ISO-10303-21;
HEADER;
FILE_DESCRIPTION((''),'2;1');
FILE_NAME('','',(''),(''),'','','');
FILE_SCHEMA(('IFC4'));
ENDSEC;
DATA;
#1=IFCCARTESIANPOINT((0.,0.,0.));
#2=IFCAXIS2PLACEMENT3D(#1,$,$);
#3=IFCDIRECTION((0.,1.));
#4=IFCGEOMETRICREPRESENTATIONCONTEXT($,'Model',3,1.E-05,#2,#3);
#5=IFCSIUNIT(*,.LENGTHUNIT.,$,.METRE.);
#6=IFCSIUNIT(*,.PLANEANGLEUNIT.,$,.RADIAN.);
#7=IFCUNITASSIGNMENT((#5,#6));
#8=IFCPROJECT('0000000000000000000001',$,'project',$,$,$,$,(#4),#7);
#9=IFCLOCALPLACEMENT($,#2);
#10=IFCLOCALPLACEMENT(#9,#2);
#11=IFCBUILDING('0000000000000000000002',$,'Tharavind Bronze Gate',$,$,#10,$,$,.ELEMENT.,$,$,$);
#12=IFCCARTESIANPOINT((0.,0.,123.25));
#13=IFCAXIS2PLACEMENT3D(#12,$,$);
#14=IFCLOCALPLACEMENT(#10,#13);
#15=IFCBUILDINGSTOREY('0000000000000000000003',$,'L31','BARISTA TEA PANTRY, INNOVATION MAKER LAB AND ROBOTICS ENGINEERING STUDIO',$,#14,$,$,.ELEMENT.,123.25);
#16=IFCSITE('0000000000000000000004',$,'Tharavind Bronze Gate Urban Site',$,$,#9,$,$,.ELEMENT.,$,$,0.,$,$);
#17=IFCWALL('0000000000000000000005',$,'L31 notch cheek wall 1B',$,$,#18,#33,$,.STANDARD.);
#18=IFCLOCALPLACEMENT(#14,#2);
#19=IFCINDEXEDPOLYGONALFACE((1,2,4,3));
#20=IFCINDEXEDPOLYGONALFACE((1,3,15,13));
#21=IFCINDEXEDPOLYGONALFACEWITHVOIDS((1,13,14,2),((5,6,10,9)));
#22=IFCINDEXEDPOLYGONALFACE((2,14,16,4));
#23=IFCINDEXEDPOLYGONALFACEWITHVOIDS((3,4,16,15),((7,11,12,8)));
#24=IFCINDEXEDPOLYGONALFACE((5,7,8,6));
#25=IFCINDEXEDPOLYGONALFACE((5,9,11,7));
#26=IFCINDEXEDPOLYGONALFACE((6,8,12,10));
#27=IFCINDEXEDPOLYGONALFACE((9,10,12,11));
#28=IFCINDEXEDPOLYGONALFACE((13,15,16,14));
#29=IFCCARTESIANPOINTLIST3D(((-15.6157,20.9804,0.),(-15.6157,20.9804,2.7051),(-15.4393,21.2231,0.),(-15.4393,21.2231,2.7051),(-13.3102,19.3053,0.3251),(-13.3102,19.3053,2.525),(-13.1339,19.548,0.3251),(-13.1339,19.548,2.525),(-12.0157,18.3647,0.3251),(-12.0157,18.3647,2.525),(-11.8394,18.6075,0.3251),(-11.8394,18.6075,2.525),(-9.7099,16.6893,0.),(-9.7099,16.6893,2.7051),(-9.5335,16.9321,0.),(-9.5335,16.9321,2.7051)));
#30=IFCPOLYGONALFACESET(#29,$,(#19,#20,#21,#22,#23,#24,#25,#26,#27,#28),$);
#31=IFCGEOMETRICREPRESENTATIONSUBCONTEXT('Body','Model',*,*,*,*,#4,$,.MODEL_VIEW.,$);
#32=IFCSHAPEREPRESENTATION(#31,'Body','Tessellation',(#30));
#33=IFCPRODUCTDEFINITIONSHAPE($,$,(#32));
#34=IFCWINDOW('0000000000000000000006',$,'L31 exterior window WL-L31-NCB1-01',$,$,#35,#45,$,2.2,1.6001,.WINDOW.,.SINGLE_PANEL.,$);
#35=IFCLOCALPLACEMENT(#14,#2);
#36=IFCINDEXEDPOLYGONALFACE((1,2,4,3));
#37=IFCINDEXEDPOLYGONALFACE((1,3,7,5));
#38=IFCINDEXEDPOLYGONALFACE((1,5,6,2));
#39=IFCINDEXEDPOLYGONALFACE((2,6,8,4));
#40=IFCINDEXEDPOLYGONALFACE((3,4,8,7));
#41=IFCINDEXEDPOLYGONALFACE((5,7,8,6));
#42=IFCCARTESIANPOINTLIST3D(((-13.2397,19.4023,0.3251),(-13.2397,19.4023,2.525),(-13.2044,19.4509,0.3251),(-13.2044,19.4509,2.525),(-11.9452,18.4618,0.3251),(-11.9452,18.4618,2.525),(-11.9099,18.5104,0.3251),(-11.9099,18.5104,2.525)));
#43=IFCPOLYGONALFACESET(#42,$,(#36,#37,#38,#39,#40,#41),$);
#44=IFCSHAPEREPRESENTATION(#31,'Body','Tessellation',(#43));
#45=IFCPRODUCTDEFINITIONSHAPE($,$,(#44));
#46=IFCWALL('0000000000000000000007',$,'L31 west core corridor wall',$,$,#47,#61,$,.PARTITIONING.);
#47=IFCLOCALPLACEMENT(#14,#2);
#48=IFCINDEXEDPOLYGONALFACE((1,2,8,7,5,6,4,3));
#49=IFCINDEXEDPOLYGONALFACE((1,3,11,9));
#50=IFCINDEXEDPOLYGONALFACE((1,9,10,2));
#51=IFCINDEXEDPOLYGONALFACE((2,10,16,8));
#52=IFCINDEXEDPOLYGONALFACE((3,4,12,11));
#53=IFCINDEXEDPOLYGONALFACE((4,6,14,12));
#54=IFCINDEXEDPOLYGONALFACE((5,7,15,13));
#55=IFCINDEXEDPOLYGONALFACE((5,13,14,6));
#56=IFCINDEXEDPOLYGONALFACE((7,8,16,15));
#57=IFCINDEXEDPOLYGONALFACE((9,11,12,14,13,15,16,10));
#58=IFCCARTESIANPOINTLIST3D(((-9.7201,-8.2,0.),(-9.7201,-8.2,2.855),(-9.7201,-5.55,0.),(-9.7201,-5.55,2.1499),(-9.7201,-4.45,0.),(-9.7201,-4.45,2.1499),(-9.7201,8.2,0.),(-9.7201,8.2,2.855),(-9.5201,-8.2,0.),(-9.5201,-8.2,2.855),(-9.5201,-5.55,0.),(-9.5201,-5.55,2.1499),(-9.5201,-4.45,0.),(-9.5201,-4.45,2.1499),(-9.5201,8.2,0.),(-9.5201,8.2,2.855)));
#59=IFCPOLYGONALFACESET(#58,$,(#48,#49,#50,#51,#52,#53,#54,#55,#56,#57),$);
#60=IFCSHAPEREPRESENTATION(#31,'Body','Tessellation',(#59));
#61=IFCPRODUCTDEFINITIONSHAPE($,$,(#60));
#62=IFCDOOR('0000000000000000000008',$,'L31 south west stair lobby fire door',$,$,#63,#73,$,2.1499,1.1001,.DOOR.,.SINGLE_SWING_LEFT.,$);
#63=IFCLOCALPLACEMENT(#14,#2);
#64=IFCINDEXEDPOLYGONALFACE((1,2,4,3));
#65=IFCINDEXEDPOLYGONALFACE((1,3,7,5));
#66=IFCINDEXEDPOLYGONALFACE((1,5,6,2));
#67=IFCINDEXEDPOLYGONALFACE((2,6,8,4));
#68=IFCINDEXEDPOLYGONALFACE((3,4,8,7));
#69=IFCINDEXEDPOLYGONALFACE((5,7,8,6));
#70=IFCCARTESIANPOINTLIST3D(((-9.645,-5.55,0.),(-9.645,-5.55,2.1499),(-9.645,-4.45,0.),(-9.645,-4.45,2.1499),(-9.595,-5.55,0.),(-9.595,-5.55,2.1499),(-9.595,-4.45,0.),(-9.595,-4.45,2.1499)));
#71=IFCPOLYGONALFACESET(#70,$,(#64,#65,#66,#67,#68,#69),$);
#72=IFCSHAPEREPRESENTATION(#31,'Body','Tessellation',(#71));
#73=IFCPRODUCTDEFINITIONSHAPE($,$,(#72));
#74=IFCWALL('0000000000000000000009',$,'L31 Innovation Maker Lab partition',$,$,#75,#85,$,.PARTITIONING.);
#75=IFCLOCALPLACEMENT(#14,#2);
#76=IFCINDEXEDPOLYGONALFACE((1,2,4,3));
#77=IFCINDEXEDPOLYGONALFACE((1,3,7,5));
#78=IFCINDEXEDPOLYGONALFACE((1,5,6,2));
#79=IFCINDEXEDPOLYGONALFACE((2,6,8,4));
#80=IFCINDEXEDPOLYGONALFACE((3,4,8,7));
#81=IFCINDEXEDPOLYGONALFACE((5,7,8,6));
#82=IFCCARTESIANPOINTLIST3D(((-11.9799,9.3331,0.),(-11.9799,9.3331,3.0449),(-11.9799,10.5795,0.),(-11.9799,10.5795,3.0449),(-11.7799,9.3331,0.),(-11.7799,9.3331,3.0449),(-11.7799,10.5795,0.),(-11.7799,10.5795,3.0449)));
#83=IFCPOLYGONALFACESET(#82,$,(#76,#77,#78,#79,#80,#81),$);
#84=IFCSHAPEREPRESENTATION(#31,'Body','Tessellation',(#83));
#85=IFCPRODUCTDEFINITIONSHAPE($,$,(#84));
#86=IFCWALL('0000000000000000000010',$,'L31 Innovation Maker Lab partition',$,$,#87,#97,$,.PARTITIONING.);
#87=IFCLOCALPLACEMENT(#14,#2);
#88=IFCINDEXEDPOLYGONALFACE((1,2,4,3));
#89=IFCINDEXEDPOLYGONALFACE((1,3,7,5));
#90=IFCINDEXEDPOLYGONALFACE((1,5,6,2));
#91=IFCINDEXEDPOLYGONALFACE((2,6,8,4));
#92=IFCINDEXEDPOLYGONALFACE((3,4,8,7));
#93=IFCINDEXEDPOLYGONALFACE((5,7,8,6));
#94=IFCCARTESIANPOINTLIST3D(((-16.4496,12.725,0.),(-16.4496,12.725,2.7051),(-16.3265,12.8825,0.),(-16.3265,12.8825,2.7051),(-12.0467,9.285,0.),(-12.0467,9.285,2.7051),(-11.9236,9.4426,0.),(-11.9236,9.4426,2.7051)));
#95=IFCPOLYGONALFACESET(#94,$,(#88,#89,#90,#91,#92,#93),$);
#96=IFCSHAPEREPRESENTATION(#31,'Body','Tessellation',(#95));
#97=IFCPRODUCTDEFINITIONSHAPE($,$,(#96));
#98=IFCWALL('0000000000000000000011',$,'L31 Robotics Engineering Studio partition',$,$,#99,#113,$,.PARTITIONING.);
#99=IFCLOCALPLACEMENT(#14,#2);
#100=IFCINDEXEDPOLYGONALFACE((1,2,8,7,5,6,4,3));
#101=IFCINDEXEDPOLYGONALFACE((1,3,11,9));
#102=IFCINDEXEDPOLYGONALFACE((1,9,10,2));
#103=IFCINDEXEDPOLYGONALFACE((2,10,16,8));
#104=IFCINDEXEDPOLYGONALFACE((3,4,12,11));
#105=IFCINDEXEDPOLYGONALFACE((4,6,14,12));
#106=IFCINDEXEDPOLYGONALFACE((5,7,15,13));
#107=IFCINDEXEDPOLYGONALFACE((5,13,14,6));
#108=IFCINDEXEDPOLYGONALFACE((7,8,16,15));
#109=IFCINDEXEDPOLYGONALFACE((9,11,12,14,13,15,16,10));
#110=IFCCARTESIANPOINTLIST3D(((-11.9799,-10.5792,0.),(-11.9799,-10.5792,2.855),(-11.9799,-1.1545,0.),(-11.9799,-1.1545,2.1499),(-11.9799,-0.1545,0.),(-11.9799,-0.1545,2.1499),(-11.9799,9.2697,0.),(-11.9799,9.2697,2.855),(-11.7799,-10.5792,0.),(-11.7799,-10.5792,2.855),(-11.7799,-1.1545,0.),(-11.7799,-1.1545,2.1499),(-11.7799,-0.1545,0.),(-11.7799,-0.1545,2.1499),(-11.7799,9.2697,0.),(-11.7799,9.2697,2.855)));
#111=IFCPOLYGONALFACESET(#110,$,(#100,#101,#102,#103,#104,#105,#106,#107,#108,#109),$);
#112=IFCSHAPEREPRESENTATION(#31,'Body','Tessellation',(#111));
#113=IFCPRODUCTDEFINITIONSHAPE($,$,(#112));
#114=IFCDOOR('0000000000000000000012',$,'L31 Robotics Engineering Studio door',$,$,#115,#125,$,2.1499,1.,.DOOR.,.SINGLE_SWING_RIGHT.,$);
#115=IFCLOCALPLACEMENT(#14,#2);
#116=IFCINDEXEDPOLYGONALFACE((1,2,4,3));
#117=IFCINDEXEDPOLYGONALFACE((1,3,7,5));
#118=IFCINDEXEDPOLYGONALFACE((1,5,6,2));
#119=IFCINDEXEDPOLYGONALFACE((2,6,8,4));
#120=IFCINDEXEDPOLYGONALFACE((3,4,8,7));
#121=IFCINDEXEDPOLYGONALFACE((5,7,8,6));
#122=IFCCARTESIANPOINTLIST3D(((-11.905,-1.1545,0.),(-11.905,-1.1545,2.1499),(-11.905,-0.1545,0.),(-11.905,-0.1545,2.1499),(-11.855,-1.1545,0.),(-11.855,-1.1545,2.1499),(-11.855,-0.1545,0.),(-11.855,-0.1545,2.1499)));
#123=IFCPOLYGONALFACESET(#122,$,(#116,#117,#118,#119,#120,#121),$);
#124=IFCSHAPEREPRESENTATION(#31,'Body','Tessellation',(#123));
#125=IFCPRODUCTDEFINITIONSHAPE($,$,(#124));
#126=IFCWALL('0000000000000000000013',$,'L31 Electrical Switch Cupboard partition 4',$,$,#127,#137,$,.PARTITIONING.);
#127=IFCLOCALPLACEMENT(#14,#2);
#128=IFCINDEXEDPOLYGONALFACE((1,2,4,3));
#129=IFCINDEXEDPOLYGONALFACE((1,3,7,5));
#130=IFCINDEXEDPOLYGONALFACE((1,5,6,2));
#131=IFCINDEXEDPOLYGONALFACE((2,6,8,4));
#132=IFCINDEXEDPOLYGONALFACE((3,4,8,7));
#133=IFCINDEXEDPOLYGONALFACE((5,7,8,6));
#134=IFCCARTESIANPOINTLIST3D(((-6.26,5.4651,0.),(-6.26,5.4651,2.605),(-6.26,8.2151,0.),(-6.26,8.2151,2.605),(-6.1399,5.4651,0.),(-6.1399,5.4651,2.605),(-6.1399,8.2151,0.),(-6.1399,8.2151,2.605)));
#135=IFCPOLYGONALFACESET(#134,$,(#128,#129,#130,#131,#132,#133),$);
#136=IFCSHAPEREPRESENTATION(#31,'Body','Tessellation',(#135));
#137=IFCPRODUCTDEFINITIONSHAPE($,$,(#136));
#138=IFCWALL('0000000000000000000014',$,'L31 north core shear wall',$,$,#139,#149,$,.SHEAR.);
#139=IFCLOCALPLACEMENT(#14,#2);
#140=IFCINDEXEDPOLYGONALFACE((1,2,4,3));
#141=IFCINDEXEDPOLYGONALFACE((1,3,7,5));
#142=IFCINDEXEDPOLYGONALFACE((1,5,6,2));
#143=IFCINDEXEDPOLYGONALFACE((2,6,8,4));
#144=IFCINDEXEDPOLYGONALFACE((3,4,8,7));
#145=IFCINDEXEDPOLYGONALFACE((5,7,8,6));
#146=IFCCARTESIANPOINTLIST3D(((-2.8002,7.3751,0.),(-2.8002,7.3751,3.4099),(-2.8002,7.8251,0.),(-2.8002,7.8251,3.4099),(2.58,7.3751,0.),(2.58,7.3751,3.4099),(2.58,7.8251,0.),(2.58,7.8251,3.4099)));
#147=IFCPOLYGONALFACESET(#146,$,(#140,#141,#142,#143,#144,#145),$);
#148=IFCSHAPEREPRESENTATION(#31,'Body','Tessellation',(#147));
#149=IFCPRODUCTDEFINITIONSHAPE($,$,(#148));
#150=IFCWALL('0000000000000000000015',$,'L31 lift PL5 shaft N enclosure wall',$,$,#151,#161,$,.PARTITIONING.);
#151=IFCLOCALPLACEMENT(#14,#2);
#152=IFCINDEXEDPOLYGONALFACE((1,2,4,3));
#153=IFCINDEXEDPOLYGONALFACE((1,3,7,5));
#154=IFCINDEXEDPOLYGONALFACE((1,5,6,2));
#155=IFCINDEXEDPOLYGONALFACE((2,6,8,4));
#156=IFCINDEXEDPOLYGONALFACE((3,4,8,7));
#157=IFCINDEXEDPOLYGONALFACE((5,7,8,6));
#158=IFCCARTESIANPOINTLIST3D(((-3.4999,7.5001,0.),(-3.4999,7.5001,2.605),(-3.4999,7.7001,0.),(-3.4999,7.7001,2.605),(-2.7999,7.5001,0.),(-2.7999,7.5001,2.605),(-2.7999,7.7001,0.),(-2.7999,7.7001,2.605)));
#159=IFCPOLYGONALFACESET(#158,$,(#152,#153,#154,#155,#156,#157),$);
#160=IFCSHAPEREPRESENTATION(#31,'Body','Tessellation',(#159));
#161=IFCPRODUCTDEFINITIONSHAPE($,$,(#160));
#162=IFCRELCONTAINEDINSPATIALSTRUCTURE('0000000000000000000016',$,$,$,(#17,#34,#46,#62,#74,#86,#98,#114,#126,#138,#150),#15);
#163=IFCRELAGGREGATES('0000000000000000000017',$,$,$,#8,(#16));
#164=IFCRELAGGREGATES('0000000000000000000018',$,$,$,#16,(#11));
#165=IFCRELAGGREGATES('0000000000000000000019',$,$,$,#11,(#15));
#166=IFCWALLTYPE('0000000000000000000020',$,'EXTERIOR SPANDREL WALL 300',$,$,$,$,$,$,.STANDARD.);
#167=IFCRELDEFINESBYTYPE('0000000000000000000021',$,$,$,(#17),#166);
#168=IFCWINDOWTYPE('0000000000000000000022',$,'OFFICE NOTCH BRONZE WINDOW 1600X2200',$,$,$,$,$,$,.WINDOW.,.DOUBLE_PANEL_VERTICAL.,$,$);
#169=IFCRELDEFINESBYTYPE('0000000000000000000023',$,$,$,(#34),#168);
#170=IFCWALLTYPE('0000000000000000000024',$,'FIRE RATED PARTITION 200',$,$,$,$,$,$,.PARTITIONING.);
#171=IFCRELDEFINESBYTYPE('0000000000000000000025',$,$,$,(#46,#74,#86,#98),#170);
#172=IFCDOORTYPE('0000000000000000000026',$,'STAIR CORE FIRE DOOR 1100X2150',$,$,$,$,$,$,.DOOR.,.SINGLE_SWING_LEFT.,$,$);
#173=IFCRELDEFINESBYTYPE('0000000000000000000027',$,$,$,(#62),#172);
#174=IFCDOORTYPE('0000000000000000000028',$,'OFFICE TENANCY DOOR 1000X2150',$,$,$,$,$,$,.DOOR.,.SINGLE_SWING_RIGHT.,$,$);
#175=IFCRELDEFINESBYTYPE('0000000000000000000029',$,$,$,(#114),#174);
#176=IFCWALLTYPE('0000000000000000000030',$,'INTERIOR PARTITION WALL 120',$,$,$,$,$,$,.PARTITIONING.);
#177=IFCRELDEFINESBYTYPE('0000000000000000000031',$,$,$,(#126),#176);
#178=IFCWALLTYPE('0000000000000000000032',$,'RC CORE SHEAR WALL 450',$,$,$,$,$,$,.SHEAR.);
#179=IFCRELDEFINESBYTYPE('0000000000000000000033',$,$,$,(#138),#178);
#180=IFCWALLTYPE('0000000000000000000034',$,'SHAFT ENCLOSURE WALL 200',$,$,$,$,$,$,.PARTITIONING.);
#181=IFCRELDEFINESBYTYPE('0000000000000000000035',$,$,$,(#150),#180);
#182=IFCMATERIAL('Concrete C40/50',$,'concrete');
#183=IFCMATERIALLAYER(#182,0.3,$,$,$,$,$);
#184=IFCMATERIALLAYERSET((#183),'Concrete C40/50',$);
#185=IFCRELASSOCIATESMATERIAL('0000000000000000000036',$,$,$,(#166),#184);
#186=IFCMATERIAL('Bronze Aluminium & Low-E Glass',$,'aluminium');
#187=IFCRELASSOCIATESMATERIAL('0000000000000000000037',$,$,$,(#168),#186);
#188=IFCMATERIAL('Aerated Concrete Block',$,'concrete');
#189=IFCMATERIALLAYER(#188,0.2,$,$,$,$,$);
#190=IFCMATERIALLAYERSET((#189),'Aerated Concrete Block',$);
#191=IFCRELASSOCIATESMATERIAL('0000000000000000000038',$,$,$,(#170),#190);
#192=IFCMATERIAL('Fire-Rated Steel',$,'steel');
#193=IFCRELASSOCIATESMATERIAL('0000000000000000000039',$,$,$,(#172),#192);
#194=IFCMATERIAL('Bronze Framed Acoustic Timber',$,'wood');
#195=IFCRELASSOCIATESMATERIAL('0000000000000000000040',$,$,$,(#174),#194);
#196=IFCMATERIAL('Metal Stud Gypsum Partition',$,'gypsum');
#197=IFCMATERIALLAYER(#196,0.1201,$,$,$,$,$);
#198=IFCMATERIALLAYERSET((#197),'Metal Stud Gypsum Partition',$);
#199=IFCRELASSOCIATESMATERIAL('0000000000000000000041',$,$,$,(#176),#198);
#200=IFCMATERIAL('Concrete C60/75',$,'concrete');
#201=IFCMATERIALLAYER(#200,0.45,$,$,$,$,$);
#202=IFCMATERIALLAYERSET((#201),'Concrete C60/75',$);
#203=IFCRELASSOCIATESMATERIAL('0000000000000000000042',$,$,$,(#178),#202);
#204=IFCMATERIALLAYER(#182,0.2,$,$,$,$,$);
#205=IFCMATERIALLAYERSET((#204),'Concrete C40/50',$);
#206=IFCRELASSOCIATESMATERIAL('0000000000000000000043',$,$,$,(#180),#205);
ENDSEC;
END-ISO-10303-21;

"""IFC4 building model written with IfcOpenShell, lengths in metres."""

from ifc_helpers import new_model, si_unit, direction, frame, frame_2d, origin, place, context, subcontext, project, spatial, rectangle, extrude, material, layer, layer_set, type_object, element, fill, save


model = new_model("IFC4")

# Units and contexts
model_context = context("Model", 3, precision=1e-05, world=origin(), true_north=direction((0.0, 1.0)))
body_context = subcontext(model_context, "Body", "Model", "MODEL_VIEW")
ifc_project = project(units=[si_unit("LENGTHUNIT", "METRE"), si_unit("PLANEANGLEUNIT", "RADIAN")], contexts=[model_context])

# Site, building, storey
site_placement = place(None, origin())
site = spatial("IfcSite", under=ifc_project, at=site_placement, Name="Tharavind Bronze Gate Urban Site", CompositionType="ELEMENT", RefElevation=0.0)
building_placement = place(site_placement, origin())
building = spatial("IfcBuilding", under=site, at=building_placement, Name="Tharavind Bronze Gate", CompositionType="ELEMENT")
storey_placement = place(building_placement, frame((0.0, 0.0, 123.25)))
storey = spatial("IfcBuildingStorey", under=building, at=storey_placement, Name="L31", Description="BARISTA TEA PANTRY, INNOVATION MAKER LAB AND ROBOTICS ENGINEERING STUDIO", CompositionType="ELEMENT", Elevation=123.25)

# Wall, opening, window
ifc_material_1 = material(Name="Concrete C40/50", Category="concrete")
ifc_layer_1 = layer(ifc_material_1, 0.3)
ifc_layer_set_1 = layer_set([ifc_layer_1], Name="Concrete C40/50")
wall_type_1 = type_object("IfcWallType", Name="EXTERIOR SPANDREL WALL 300", PredefinedType="STANDARD", material=ifc_layer_set_1)
wall_1_placement = place(storey_placement, frame((-9.6218, 16.8108, 0.0), z_axis=(0.0, 0.0, 1.0), x_axis=(-0.809002, 0.587806, 0.0)))
wall_1 = element("IfcWall", 1, at=wall_1_placement, inside=storey, type_object=wall_type_1, Name="L31 notch cheek wall 1B", PredefinedType="STANDARD", context=body_context, shape_type="SweptSolid", body=[
    extrude(rectangle(XDim=7.3, YDim=0.3, at=frame_2d((3.6499, 0.0))), origin(), (0.0, 0.0, 1.0), 2.7051),
])
opening_1_placement = place(wall_1_placement, frame((2.8501, 0.0, 0.325)))
opening_1 = element("IfcOpeningElement", 2, at=opening_1_placement, cuts=wall_1, PredefinedType="OPENING", context=body_context, shape_type="SweptSolid", body=[
    extrude(rectangle(XDim=1.6001, YDim=2.2, at=frame_2d((0.8, 1.1001))), frame((0.0, 0.1599, 0.0), z_axis=(0.0, -1.0, 0.0), x_axis=(1.0, 0.0, 0.0)), (0.0, 0.0, 1.0), 0.32),
])
ifc_material_2 = material(Name="Bronze Aluminium & Low-E Glass", Category="aluminium")
window_type = type_object("IfcWindowType", Name="OFFICE NOTCH BRONZE WINDOW 1600X2200", PartitioningType="DOUBLE_PANEL_VERTICAL", PredefinedType="WINDOW", material=ifc_material_2)
window_placement = place(opening_1_placement, origin())
window = element("IfcWindow", 3, at=window_placement, inside=storey, type_object=window_type, Name="L31 exterior window WL-L31-NCB1-01", OverallHeight=2.2, OverallWidth=1.6001, PartitioningType="SINGLE_PANEL", PredefinedType="WINDOW", context=body_context, shape_type="SweptSolid", body=[
    extrude(rectangle(XDim=1.6001, YDim=2.2, at=frame_2d((0.8, 1.1001))), frame((0.0, 0.03, 0.0), z_axis=(0.0, -1.0, 0.0), x_axis=(1.0, 0.0, 0.0)), (0.0, 0.0, 1.0), 0.0601),
])
fill(opening_1, window)

# Wall, opening, door
ifc_material_3 = material(Name="Aerated Concrete Block", Category="concrete")
ifc_layer_2 = layer(ifc_material_3, 0.2)
ifc_layer_set_2 = layer_set([ifc_layer_2], Name="Aerated Concrete Block")
wall_type_2 = type_object("IfcWallType", Name="FIRE RATED PARTITION 200", PredefinedType="PARTITIONING", material=ifc_layer_set_2)
wall_2_placement = place(storey_placement, frame((-9.6201, 8.2, 0.0), z_axis=(0.0, 0.0, 1.0), x_axis=(0.0, -1.0, 0.0)))
wall_2 = element("IfcWall", 4, at=wall_2_placement, inside=storey, type_object=wall_type_2, Name="L31 west core corridor wall", PredefinedType="PARTITIONING", context=body_context, shape_type="SweptSolid", body=[
    extrude(rectangle(XDim=16.3999, YDim=0.2, at=frame_2d((8.2, 0.0))), origin(), (0.0, 0.0, 1.0), 2.855),
])
opening_2_placement = place(wall_2_placement, frame((12.6499, 0.0, 0.0)))
opening_2 = element("IfcOpeningElement", 5, at=opening_2_placement, cuts=wall_2, PredefinedType="OPENING", context=body_context, shape_type="SweptSolid", body=[
    extrude(rectangle(XDim=1.1001, YDim=2.1499, at=frame_2d((0.55, 1.075))), frame((0.0, 0.1101, 0.0), z_axis=(0.0, -1.0, 0.0), x_axis=(1.0, 0.0, 0.0)), (0.0, 0.0, 1.0), 0.22),
])
ifc_material_4 = material(Name="Fire-Rated Steel", Category="steel")
door_type_1 = type_object("IfcDoorType", Name="STAIR CORE FIRE DOOR 1100X2150", OperationType="SINGLE_SWING_LEFT", PredefinedType="DOOR", material=ifc_material_4)
door_1_placement = place(opening_2_placement, frame((1.1001, 0.0, 0.0), z_axis=(0.0, 0.0, 1.0), x_axis=(-1.0, 0.0, 0.0)))
door_1 = element("IfcDoor", 6, at=door_1_placement, inside=storey, type_object=door_type_1, Name="L31 south west stair lobby fire door", OperationType="SINGLE_SWING_LEFT", OverallHeight=2.1499, OverallWidth=1.1001, PredefinedType="DOOR", context=body_context, shape_type="SweptSolid", body=[
    extrude(rectangle(XDim=1.1001, YDim=2.1499, at=frame_2d((0.55, 1.075))), frame((0.0, 0.0249, 0.0), z_axis=(0.0, -1.0, 0.0), x_axis=(1.0, 0.0, 0.0)), (0.0, 0.0, 1.0), 0.05),
])
fill(opening_2, door_1)

# Walls
wall_3_placement = place(storey_placement, frame((-11.8799, 10.5793, 0.0), z_axis=(0.0, 0.0, 1.0), x_axis=(0.0, -1.0, 0.0)))
element("IfcWall", 7, at=wall_3_placement, inside=storey, type_object=wall_type_2, Name="L31 Innovation Maker Lab partition", PredefinedType="PARTITIONING", context=body_context, shape_type="SweptSolid", body=[
    extrude(rectangle(XDim=1.2463, YDim=0.2, at=frame_2d((0.623, 0.0))), origin(), (0.0, 0.0, 1.0), 3.0449),
])
wall_4_placement = place(storey_placement, frame((-11.9851, 9.3638, 0.0), z_axis=(0.0, 0.0, 1.0), x_axis=(-0.788004, 0.615669, 0.0)))
element("IfcWall", 8, at=wall_4_placement, inside=storey, type_object=wall_type_2, Name="L31 Innovation Maker Lab partition", PredefinedType="PARTITIONING", context=body_context, shape_type="SweptSolid", body=[
    extrude(rectangle(XDim=5.5874, YDim=0.2, at=frame_2d((2.7937, 0.0))), origin(), (0.0, 0.0, 1.0), 2.7051),
])

# Wall, opening, door
wall_5_placement = place(storey_placement, frame((-11.8799, 9.2695, 0.0), z_axis=(0.0, 0.0, 1.0), x_axis=(0.0, -1.0, 0.0)))
wall_5 = element("IfcWall", 9, at=wall_5_placement, inside=storey, type_object=wall_type_2, Name="L31 Robotics Engineering Studio partition", PredefinedType="PARTITIONING", context=body_context, shape_type="SweptSolid", body=[
    extrude(rectangle(XDim=19.8489, YDim=0.2, at=frame_2d((9.9243, 0.0))), origin(), (0.0, 0.0, 1.0), 2.855),
])
opening_3_placement = place(wall_5_placement, frame((9.4241, 0.0, 0.0)))
opening_3 = element("IfcOpeningElement", 10, at=opening_3_placement, cuts=wall_5, PredefinedType="OPENING", context=body_context, shape_type="SweptSolid", body=[
    extrude(rectangle(XDim=1.0, YDim=2.1499, at=frame_2d((0.5, 1.075))), frame((0.0, 0.1101, 0.0), z_axis=(0.0, -1.0, 0.0), x_axis=(1.0, 0.0, 0.0)), (0.0, 0.0, 1.0), 0.22),
])
ifc_material_5 = material(Name="Bronze Framed Acoustic Timber", Category="wood")
door_type_2 = type_object("IfcDoorType", Name="OFFICE TENANCY DOOR 1000X2150", OperationType="SINGLE_SWING_RIGHT", PredefinedType="DOOR", material=ifc_material_5)
door_2_placement = place(opening_3_placement, origin())
door_2 = element("IfcDoor", 11, at=door_2_placement, inside=storey, type_object=door_type_2, Name="L31 Robotics Engineering Studio door", OperationType="SINGLE_SWING_RIGHT", OverallHeight=2.1499, OverallWidth=1.0, PredefinedType="DOOR", context=body_context, shape_type="SweptSolid", body=[
    extrude(rectangle(XDim=1.0, YDim=2.1499, at=frame_2d((0.5, 1.075))), frame((0.0, 0.0249, 0.0), z_axis=(0.0, -1.0, 0.0), x_axis=(1.0, 0.0, 0.0)), (0.0, 0.0, 1.0), 0.05),
])
fill(opening_3, door_2)

# Walls
ifc_material_6 = material(Name="Metal Stud Gypsum Partition", Category="gypsum")
ifc_layer_3 = layer(ifc_material_6, 0.1201)
ifc_layer_set_3 = layer_set([ifc_layer_3], Name="Metal Stud Gypsum Partition")
wall_type_3 = type_object("IfcWallType", Name="INTERIOR PARTITION WALL 120", PredefinedType="PARTITIONING", material=ifc_layer_set_3)
wall_6_placement = place(storey_placement, frame((-6.2, 8.2151, 0.0), z_axis=(0.0, 0.0, 1.0), x_axis=(0.0, -1.0, 0.0)))
element("IfcWall", 12, at=wall_6_placement, inside=storey, type_object=wall_type_3, Name="L31 Electrical Switch Cupboard partition 4", PredefinedType="PARTITIONING", context=body_context, shape_type="SweptSolid", body=[
    extrude(rectangle(XDim=2.75, YDim=0.1201, at=frame_2d((1.375, 0.0))), origin(), (0.0, 0.0, 1.0), 2.605),
])
ifc_material_7 = material(Name="Concrete C60/75", Category="concrete")
ifc_layer_4 = layer(ifc_material_7, 0.45)
ifc_layer_set_4 = layer_set([ifc_layer_4], Name="Concrete C60/75")
wall_type_4 = type_object("IfcWallType", Name="RC CORE SHEAR WALL 450", PredefinedType="SHEAR", material=ifc_layer_set_4)
wall_7_placement = place(storey_placement, frame((-2.8, 7.6001, 0.0), z_axis=(0.0, 0.0, 1.0), x_axis=(1.0, 0.0, 0.0)))
element("IfcWall", 13, at=wall_7_placement, inside=storey, type_object=wall_type_4, Name="L31 north core shear wall", PredefinedType="SHEAR", context=body_context, shape_type="SweptSolid", body=[
    extrude(rectangle(XDim=5.3801, YDim=0.45, at=frame_2d((2.6899, 0.0))), origin(), (0.0, 0.0, 1.0), 3.4099),
])
ifc_layer_5 = layer(ifc_material_1, 0.2)
ifc_layer_set_5 = layer_set([ifc_layer_5], Name="Concrete C40/50")
wall_type_5 = type_object("IfcWallType", Name="SHAFT ENCLOSURE WALL 200", PredefinedType="PARTITIONING", material=ifc_layer_set_5)
wall_8_placement = place(storey_placement, frame((-3.5, 7.6001, 0.0), z_axis=(0.0, 0.0, 1.0), x_axis=(1.0, 0.0, 0.0)))
element("IfcWall", 14, at=wall_8_placement, inside=storey, type_object=wall_type_5, Name="L31 lift PL5 shaft N enclosure wall", PredefinedType="PARTITIONING", context=body_context, shape_type="SweptSolid", body=[
    extrude(rectangle(XDim=0.7, YDim=0.2, at=frame_2d((0.3501, 0.0))), origin(), (0.0, 0.0, 1.0), 2.605),
])

save(model, "model.ifc")
